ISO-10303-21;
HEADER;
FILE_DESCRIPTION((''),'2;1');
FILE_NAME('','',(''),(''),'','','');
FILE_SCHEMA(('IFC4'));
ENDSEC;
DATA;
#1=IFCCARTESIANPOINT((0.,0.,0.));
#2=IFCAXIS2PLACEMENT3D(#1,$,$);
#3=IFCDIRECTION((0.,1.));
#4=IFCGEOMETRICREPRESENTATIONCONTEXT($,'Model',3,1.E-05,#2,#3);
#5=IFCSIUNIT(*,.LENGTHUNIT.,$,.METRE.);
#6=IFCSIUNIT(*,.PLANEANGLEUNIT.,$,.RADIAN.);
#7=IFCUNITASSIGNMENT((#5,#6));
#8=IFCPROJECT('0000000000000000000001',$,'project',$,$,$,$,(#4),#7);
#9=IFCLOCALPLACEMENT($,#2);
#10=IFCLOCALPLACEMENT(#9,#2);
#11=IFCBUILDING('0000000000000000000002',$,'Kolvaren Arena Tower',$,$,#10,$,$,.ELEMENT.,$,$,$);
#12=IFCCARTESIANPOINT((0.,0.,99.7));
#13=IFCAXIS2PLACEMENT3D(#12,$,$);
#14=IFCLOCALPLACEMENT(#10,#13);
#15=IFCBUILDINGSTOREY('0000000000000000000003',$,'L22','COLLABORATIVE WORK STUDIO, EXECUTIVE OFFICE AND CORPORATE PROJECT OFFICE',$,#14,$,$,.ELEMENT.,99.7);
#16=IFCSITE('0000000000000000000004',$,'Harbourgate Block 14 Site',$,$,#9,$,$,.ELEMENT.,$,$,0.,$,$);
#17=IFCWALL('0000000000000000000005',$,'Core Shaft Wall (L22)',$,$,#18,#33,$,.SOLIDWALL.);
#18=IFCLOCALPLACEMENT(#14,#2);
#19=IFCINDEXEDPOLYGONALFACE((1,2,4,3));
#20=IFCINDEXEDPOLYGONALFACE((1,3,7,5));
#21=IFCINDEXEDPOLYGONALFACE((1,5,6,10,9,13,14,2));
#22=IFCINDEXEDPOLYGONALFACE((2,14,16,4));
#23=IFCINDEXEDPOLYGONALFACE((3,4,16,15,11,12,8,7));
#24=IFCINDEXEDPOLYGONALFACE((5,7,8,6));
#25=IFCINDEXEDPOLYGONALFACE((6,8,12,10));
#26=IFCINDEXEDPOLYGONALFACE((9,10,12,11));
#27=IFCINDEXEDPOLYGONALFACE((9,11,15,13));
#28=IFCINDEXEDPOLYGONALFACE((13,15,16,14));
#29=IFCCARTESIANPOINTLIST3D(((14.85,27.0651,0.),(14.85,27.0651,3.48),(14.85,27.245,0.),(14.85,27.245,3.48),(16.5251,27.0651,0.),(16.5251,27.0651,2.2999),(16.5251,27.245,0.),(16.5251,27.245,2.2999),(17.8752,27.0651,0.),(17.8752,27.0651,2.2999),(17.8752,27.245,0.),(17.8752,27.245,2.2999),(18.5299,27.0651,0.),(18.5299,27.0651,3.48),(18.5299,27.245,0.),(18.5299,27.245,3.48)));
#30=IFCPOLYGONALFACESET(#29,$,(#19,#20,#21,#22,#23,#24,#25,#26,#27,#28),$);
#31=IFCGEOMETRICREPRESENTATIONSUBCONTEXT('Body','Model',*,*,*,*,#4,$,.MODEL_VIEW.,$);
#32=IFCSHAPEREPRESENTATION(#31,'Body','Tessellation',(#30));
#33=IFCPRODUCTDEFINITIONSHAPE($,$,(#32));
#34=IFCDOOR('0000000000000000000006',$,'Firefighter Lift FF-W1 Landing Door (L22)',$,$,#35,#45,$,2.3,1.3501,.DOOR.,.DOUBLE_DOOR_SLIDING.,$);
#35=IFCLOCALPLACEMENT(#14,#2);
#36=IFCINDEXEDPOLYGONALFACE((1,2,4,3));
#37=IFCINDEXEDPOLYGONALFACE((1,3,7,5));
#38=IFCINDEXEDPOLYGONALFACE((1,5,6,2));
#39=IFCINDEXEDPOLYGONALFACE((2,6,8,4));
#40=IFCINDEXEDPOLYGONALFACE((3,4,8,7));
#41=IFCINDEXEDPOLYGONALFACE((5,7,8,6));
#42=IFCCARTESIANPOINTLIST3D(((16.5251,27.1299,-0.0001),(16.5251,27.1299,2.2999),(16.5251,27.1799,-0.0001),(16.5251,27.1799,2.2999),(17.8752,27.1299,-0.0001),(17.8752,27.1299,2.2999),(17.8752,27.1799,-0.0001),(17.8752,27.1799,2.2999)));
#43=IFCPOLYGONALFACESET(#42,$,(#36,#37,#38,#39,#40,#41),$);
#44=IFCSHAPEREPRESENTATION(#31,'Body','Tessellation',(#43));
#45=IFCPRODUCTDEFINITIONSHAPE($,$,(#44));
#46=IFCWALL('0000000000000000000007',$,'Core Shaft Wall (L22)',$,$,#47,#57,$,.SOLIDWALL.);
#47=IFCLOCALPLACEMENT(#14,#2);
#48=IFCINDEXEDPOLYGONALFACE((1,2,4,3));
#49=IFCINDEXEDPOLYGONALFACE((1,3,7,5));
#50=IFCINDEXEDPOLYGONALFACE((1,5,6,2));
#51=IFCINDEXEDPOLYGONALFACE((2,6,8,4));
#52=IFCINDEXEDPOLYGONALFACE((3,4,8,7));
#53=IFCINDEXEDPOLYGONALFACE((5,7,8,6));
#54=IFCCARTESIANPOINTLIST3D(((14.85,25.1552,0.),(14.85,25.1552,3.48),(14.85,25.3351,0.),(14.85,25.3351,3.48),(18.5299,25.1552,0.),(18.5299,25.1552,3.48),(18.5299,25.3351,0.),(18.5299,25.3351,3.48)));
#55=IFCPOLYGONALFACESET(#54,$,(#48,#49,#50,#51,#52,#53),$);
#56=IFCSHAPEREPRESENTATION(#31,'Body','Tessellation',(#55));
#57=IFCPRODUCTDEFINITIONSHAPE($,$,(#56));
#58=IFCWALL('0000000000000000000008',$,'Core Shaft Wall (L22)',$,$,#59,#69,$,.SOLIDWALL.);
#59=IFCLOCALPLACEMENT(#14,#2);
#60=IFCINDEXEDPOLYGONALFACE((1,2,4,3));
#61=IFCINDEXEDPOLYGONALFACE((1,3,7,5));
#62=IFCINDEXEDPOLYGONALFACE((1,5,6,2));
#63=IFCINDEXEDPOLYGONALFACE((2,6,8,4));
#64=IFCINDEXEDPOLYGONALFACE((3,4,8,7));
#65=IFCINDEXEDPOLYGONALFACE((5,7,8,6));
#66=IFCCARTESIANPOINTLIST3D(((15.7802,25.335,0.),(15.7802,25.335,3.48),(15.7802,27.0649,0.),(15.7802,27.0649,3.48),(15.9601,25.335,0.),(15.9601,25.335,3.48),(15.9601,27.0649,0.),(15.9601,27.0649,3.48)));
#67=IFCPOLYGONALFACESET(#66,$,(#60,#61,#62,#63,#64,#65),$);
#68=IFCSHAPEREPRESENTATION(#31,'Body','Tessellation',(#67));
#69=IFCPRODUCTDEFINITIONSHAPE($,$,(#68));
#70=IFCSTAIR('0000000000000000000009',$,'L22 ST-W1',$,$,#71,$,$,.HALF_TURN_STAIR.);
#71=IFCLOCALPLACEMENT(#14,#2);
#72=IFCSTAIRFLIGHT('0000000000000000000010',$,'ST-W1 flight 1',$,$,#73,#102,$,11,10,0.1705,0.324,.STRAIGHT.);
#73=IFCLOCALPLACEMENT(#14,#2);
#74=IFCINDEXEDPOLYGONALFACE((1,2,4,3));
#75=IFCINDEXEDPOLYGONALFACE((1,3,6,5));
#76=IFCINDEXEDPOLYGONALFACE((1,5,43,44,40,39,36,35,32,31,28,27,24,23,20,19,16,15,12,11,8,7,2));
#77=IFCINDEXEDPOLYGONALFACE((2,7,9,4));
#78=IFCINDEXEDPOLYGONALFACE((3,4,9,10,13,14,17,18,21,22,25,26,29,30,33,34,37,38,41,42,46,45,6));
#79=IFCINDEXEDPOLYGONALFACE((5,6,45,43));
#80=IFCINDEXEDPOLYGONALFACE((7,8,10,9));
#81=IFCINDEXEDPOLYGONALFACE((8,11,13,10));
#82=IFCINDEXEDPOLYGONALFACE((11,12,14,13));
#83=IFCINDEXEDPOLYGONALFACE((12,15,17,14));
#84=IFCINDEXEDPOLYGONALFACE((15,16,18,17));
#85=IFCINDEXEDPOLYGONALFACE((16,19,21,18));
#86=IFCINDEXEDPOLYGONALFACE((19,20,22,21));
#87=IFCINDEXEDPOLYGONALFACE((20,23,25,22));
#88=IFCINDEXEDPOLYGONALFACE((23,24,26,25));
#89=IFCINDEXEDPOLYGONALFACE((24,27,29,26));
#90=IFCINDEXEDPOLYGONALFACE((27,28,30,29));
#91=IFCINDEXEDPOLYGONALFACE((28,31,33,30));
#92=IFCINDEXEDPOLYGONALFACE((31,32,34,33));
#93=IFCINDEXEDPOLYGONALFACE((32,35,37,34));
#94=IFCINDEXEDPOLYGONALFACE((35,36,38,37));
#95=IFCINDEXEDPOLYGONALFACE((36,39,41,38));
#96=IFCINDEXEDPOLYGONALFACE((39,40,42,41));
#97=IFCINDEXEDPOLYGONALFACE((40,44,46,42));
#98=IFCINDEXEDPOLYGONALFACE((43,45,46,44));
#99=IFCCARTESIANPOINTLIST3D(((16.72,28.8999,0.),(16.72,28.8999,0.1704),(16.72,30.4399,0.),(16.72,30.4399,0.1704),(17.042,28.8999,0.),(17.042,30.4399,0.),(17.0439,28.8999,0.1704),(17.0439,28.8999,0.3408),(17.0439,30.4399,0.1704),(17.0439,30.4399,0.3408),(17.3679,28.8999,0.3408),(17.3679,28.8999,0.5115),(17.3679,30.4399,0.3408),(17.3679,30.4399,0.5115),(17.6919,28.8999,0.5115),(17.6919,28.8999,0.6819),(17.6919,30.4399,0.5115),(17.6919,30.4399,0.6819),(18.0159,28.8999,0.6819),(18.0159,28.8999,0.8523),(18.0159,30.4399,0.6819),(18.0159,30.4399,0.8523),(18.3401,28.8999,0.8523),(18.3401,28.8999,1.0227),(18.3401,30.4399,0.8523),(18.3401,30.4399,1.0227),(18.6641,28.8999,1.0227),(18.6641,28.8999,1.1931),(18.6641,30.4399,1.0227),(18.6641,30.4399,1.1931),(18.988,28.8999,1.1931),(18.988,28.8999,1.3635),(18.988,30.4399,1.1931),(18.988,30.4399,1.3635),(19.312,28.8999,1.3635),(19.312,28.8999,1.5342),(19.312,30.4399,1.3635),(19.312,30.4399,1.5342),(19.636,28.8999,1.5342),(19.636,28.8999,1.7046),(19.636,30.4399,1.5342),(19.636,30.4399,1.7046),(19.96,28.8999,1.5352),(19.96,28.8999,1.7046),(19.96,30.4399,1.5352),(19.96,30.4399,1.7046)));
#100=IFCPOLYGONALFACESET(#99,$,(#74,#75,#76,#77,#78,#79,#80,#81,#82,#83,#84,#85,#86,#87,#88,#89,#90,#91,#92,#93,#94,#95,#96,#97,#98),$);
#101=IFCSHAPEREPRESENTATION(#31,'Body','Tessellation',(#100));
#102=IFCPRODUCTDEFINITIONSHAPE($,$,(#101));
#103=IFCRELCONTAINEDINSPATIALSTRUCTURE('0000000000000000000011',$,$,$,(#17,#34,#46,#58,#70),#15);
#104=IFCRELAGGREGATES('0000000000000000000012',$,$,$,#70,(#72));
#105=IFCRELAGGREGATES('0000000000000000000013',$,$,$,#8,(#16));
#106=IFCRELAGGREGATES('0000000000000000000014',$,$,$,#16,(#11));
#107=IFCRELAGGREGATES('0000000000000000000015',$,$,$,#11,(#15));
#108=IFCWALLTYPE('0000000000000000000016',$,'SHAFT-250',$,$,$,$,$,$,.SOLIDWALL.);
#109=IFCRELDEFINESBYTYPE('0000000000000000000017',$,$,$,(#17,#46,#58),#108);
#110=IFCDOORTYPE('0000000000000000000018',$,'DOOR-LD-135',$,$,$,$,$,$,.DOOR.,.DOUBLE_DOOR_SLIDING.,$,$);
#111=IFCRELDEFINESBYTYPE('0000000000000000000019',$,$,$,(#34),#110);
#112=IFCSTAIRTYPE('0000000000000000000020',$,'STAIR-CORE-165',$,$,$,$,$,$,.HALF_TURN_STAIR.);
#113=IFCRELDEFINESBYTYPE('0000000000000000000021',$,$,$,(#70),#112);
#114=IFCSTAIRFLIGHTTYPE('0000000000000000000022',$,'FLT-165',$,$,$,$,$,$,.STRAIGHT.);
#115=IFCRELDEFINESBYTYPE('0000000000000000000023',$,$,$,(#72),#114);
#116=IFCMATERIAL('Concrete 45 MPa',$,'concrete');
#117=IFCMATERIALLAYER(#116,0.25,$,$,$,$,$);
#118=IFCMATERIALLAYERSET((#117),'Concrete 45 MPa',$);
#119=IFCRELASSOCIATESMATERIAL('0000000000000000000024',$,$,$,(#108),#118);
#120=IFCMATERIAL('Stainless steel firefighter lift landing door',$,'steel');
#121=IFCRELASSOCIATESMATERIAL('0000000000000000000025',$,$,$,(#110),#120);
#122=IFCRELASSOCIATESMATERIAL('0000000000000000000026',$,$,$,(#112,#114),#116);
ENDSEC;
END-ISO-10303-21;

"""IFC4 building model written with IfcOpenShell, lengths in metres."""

from ifc_helpers import new_model, si_unit, direction, frame, frame_2d, origin, place, context, subcontext, project, spatial, polyline, rectangle, outline, extrude, material, layer, layer_set, type_object, element, fill, aggregate, save


model = new_model("IFC4")

# Units and contexts
model_context = context("Model", 3, precision=1e-05, world=origin(), true_north=direction((0.0, 1.0)))
body_context = subcontext(model_context, "Body", "Model", "MODEL_VIEW")
ifc_project = project(units=[si_unit("LENGTHUNIT", "METRE"), si_unit("PLANEANGLEUNIT", "RADIAN")], contexts=[model_context])

# Site, building, storey
site_placement = place(None, origin())
site = spatial("IfcSite", under=ifc_project, at=site_placement, Name="Harbourgate Block 14 Site", CompositionType="ELEMENT", RefElevation=0.0)
building_placement = place(site_placement, origin())
building = spatial("IfcBuilding", under=site, at=building_placement, Name="Kolvaren Arena Tower", CompositionType="ELEMENT")
storey_placement = place(building_placement, frame((0.0, 0.0, 99.7)))
storey = spatial("IfcBuildingStorey", under=building, at=storey_placement, Name="L22", Description="COLLABORATIVE WORK STUDIO, EXECUTIVE OFFICE AND CORPORATE PROJECT OFFICE", CompositionType="ELEMENT", Elevation=99.7)

# Shared definitions
ifc_material_1 = material(Name="Concrete 45 MPa", Category="concrete")
ifc_layer = layer(ifc_material_1, 0.25)
ifc_layer_set = layer_set([ifc_layer], Name="Concrete 45 MPa")
wall_type = type_object("IfcWallType", Name="SHAFT-250", PredefinedType="SOLIDWALL", material=ifc_layer_set)

# Wall, opening, door
wall_1_placement = place(storey_placement, frame((14.8501, 27.155, 0.0), z_axis=(0.0, 0.0, 1.0), x_axis=(1.0, 0.0, 0.0)))
wall_1 = element("IfcWall", 1, at=wall_1_placement, inside=storey, type_object=wall_type, Name="Core Shaft Wall (L22)", PredefinedType="SOLIDWALL", context=body_context, shape_type="SweptSolid", body=[
    extrude(rectangle(XDim=3.6799, YDim=0.1799, at=frame_2d((1.8398, 0.0))), origin(), (0.0, 0.0, 1.0), 3.48),
])
opening_placement = place(wall_1_placement, frame((1.675, 0.0, 0.0)))
opening = element("IfcOpeningElement", 2, at=opening_placement, cuts=wall_1, PredefinedType="OPENING", context=body_context, shape_type="SweptSolid", body=[
    extrude(rectangle(XDim=1.3501, YDim=2.3, at=frame_2d((0.675, 1.1499))), frame((0.0, 0.0999, 0.0), z_axis=(0.0, -1.0, 0.0), x_axis=(1.0, 0.0, 0.0)), (0.0, 0.0, 1.0), 0.2),
])
ifc_material_2 = material(Name="Stainless steel firefighter lift landing door", Category="steel")
door_type = type_object("IfcDoorType", Name="DOOR-LD-135", OperationType="DOUBLE_DOOR_SLIDING", PredefinedType="DOOR", material=ifc_material_2)
door_placement = place(opening_placement, origin())
door = element("IfcDoor", 3, at=door_placement, inside=storey, type_object=door_type, Name="Firefighter Lift FF-W1 Landing Door (L22)", OperationType="DOUBLE_DOOR_SLIDING", OverallHeight=2.3, OverallWidth=1.3501, PredefinedType="DOOR", context=body_context, shape_type="SweptSolid", body=[
    extrude(rectangle(XDim=1.3501, YDim=2.3, at=frame_2d((0.675, 1.1499))), frame((0.0, 0.0249, 0.0), z_axis=(0.0, -1.0, 0.0), x_axis=(1.0, 0.0, 0.0)), (0.0, 0.0, 1.0), 0.05),
])
fill(opening, door)

# Walls
wall_2_placement = place(storey_placement, frame((14.8501, 25.2451, 0.0), z_axis=(0.0, 0.0, 1.0), x_axis=(1.0, 0.0, 0.0)))
element("IfcWall", 4, at=wall_2_placement, inside=storey, type_object=wall_type, Name="Core Shaft Wall (L22)", PredefinedType="SOLIDWALL", context=body_context, shape_type="SweptSolid", body=[
    extrude(rectangle(XDim=3.6799, YDim=0.1799, at=frame_2d((1.8398, 0.0))), origin(), (0.0, 0.0, 1.0), 3.48),
])
wall_3_placement = place(storey_placement, frame((15.8701, 25.335, 0.0), z_axis=(0.0, 0.0, 1.0), x_axis=(0.0, 1.0, 0.0)))
element("IfcWall", 5, at=wall_3_placement, inside=storey, type_object=wall_type, Name="Core Shaft Wall (L22)", PredefinedType="SOLIDWALL", context=body_context, shape_type="SweptSolid", body=[
    extrude(rectangle(XDim=1.73, YDim=0.1799, at=frame_2d((0.865, 0.0))), origin(), (0.0, 0.0, 1.0), 3.48),
])

# Stair, stair flight
stair_type = type_object("IfcStairType", Name="STAIR-CORE-165", PredefinedType="HALF_TURN_STAIR", material=ifc_material_1)
stair_placement = place(storey_placement, origin())
stair = element("IfcStair", 6, at=stair_placement, inside=storey, type_object=stair_type, Name="L22 ST-W1", PredefinedType="HALF_TURN_STAIR")
stair_flight_type = type_object("IfcStairFlightType", Name="FLT-165", PredefinedType="STRAIGHT", material=ifc_material_1)
stair_flight_placement = place(storey_placement, frame((16.72, 29.6699, 0.0), z_axis=(0.0, 0.0, 1.0), x_axis=(1.0, 0.0, 0.0)))
stair_flight = element("IfcStairFlight", 7, at=stair_flight_placement, type_object=stair_flight_type, Name="ST-W1 flight 1", NumberOfRisers=11, NumberOfTreads=10, PredefinedType="STRAIGHT", RiserHeight=0.1705, TreadLength=0.324, context=body_context, shape_type="SweptSolid", body=[
    extrude(outline(polyline([(0.0, 0.0), (0.0, 0.1704), (0.324, 0.1704), (0.324, 0.3408), (0.6479, 0.3408), (0.6479, 0.5115), (0.9719, 0.5115), (0.9719, 0.6819), (1.2959, 0.6819), (1.2959, 0.8523), (1.6201, 0.8523), (1.6201, 1.0227), (1.9441, 1.0227), (1.9441, 1.1931), (2.2681, 1.1931), (2.2681, 1.3635), (2.592, 1.3635), (2.592, 1.5342), (2.916, 1.5342), (2.916, 1.7046), (3.24, 1.7046), (3.24, 1.875), (3.24, 1.5352), (0.322, 0.0), (0.0, 0.0)])), frame((0.0, 0.77, 0.0), z_axis=(0.0, -1.0, 0.0), x_axis=(1.0, 0.0, 0.0)), (0.0, 0.0, 1.0), 1.54),
])
aggregate(stair, [stair_flight])

save(model, "model.ifc")
